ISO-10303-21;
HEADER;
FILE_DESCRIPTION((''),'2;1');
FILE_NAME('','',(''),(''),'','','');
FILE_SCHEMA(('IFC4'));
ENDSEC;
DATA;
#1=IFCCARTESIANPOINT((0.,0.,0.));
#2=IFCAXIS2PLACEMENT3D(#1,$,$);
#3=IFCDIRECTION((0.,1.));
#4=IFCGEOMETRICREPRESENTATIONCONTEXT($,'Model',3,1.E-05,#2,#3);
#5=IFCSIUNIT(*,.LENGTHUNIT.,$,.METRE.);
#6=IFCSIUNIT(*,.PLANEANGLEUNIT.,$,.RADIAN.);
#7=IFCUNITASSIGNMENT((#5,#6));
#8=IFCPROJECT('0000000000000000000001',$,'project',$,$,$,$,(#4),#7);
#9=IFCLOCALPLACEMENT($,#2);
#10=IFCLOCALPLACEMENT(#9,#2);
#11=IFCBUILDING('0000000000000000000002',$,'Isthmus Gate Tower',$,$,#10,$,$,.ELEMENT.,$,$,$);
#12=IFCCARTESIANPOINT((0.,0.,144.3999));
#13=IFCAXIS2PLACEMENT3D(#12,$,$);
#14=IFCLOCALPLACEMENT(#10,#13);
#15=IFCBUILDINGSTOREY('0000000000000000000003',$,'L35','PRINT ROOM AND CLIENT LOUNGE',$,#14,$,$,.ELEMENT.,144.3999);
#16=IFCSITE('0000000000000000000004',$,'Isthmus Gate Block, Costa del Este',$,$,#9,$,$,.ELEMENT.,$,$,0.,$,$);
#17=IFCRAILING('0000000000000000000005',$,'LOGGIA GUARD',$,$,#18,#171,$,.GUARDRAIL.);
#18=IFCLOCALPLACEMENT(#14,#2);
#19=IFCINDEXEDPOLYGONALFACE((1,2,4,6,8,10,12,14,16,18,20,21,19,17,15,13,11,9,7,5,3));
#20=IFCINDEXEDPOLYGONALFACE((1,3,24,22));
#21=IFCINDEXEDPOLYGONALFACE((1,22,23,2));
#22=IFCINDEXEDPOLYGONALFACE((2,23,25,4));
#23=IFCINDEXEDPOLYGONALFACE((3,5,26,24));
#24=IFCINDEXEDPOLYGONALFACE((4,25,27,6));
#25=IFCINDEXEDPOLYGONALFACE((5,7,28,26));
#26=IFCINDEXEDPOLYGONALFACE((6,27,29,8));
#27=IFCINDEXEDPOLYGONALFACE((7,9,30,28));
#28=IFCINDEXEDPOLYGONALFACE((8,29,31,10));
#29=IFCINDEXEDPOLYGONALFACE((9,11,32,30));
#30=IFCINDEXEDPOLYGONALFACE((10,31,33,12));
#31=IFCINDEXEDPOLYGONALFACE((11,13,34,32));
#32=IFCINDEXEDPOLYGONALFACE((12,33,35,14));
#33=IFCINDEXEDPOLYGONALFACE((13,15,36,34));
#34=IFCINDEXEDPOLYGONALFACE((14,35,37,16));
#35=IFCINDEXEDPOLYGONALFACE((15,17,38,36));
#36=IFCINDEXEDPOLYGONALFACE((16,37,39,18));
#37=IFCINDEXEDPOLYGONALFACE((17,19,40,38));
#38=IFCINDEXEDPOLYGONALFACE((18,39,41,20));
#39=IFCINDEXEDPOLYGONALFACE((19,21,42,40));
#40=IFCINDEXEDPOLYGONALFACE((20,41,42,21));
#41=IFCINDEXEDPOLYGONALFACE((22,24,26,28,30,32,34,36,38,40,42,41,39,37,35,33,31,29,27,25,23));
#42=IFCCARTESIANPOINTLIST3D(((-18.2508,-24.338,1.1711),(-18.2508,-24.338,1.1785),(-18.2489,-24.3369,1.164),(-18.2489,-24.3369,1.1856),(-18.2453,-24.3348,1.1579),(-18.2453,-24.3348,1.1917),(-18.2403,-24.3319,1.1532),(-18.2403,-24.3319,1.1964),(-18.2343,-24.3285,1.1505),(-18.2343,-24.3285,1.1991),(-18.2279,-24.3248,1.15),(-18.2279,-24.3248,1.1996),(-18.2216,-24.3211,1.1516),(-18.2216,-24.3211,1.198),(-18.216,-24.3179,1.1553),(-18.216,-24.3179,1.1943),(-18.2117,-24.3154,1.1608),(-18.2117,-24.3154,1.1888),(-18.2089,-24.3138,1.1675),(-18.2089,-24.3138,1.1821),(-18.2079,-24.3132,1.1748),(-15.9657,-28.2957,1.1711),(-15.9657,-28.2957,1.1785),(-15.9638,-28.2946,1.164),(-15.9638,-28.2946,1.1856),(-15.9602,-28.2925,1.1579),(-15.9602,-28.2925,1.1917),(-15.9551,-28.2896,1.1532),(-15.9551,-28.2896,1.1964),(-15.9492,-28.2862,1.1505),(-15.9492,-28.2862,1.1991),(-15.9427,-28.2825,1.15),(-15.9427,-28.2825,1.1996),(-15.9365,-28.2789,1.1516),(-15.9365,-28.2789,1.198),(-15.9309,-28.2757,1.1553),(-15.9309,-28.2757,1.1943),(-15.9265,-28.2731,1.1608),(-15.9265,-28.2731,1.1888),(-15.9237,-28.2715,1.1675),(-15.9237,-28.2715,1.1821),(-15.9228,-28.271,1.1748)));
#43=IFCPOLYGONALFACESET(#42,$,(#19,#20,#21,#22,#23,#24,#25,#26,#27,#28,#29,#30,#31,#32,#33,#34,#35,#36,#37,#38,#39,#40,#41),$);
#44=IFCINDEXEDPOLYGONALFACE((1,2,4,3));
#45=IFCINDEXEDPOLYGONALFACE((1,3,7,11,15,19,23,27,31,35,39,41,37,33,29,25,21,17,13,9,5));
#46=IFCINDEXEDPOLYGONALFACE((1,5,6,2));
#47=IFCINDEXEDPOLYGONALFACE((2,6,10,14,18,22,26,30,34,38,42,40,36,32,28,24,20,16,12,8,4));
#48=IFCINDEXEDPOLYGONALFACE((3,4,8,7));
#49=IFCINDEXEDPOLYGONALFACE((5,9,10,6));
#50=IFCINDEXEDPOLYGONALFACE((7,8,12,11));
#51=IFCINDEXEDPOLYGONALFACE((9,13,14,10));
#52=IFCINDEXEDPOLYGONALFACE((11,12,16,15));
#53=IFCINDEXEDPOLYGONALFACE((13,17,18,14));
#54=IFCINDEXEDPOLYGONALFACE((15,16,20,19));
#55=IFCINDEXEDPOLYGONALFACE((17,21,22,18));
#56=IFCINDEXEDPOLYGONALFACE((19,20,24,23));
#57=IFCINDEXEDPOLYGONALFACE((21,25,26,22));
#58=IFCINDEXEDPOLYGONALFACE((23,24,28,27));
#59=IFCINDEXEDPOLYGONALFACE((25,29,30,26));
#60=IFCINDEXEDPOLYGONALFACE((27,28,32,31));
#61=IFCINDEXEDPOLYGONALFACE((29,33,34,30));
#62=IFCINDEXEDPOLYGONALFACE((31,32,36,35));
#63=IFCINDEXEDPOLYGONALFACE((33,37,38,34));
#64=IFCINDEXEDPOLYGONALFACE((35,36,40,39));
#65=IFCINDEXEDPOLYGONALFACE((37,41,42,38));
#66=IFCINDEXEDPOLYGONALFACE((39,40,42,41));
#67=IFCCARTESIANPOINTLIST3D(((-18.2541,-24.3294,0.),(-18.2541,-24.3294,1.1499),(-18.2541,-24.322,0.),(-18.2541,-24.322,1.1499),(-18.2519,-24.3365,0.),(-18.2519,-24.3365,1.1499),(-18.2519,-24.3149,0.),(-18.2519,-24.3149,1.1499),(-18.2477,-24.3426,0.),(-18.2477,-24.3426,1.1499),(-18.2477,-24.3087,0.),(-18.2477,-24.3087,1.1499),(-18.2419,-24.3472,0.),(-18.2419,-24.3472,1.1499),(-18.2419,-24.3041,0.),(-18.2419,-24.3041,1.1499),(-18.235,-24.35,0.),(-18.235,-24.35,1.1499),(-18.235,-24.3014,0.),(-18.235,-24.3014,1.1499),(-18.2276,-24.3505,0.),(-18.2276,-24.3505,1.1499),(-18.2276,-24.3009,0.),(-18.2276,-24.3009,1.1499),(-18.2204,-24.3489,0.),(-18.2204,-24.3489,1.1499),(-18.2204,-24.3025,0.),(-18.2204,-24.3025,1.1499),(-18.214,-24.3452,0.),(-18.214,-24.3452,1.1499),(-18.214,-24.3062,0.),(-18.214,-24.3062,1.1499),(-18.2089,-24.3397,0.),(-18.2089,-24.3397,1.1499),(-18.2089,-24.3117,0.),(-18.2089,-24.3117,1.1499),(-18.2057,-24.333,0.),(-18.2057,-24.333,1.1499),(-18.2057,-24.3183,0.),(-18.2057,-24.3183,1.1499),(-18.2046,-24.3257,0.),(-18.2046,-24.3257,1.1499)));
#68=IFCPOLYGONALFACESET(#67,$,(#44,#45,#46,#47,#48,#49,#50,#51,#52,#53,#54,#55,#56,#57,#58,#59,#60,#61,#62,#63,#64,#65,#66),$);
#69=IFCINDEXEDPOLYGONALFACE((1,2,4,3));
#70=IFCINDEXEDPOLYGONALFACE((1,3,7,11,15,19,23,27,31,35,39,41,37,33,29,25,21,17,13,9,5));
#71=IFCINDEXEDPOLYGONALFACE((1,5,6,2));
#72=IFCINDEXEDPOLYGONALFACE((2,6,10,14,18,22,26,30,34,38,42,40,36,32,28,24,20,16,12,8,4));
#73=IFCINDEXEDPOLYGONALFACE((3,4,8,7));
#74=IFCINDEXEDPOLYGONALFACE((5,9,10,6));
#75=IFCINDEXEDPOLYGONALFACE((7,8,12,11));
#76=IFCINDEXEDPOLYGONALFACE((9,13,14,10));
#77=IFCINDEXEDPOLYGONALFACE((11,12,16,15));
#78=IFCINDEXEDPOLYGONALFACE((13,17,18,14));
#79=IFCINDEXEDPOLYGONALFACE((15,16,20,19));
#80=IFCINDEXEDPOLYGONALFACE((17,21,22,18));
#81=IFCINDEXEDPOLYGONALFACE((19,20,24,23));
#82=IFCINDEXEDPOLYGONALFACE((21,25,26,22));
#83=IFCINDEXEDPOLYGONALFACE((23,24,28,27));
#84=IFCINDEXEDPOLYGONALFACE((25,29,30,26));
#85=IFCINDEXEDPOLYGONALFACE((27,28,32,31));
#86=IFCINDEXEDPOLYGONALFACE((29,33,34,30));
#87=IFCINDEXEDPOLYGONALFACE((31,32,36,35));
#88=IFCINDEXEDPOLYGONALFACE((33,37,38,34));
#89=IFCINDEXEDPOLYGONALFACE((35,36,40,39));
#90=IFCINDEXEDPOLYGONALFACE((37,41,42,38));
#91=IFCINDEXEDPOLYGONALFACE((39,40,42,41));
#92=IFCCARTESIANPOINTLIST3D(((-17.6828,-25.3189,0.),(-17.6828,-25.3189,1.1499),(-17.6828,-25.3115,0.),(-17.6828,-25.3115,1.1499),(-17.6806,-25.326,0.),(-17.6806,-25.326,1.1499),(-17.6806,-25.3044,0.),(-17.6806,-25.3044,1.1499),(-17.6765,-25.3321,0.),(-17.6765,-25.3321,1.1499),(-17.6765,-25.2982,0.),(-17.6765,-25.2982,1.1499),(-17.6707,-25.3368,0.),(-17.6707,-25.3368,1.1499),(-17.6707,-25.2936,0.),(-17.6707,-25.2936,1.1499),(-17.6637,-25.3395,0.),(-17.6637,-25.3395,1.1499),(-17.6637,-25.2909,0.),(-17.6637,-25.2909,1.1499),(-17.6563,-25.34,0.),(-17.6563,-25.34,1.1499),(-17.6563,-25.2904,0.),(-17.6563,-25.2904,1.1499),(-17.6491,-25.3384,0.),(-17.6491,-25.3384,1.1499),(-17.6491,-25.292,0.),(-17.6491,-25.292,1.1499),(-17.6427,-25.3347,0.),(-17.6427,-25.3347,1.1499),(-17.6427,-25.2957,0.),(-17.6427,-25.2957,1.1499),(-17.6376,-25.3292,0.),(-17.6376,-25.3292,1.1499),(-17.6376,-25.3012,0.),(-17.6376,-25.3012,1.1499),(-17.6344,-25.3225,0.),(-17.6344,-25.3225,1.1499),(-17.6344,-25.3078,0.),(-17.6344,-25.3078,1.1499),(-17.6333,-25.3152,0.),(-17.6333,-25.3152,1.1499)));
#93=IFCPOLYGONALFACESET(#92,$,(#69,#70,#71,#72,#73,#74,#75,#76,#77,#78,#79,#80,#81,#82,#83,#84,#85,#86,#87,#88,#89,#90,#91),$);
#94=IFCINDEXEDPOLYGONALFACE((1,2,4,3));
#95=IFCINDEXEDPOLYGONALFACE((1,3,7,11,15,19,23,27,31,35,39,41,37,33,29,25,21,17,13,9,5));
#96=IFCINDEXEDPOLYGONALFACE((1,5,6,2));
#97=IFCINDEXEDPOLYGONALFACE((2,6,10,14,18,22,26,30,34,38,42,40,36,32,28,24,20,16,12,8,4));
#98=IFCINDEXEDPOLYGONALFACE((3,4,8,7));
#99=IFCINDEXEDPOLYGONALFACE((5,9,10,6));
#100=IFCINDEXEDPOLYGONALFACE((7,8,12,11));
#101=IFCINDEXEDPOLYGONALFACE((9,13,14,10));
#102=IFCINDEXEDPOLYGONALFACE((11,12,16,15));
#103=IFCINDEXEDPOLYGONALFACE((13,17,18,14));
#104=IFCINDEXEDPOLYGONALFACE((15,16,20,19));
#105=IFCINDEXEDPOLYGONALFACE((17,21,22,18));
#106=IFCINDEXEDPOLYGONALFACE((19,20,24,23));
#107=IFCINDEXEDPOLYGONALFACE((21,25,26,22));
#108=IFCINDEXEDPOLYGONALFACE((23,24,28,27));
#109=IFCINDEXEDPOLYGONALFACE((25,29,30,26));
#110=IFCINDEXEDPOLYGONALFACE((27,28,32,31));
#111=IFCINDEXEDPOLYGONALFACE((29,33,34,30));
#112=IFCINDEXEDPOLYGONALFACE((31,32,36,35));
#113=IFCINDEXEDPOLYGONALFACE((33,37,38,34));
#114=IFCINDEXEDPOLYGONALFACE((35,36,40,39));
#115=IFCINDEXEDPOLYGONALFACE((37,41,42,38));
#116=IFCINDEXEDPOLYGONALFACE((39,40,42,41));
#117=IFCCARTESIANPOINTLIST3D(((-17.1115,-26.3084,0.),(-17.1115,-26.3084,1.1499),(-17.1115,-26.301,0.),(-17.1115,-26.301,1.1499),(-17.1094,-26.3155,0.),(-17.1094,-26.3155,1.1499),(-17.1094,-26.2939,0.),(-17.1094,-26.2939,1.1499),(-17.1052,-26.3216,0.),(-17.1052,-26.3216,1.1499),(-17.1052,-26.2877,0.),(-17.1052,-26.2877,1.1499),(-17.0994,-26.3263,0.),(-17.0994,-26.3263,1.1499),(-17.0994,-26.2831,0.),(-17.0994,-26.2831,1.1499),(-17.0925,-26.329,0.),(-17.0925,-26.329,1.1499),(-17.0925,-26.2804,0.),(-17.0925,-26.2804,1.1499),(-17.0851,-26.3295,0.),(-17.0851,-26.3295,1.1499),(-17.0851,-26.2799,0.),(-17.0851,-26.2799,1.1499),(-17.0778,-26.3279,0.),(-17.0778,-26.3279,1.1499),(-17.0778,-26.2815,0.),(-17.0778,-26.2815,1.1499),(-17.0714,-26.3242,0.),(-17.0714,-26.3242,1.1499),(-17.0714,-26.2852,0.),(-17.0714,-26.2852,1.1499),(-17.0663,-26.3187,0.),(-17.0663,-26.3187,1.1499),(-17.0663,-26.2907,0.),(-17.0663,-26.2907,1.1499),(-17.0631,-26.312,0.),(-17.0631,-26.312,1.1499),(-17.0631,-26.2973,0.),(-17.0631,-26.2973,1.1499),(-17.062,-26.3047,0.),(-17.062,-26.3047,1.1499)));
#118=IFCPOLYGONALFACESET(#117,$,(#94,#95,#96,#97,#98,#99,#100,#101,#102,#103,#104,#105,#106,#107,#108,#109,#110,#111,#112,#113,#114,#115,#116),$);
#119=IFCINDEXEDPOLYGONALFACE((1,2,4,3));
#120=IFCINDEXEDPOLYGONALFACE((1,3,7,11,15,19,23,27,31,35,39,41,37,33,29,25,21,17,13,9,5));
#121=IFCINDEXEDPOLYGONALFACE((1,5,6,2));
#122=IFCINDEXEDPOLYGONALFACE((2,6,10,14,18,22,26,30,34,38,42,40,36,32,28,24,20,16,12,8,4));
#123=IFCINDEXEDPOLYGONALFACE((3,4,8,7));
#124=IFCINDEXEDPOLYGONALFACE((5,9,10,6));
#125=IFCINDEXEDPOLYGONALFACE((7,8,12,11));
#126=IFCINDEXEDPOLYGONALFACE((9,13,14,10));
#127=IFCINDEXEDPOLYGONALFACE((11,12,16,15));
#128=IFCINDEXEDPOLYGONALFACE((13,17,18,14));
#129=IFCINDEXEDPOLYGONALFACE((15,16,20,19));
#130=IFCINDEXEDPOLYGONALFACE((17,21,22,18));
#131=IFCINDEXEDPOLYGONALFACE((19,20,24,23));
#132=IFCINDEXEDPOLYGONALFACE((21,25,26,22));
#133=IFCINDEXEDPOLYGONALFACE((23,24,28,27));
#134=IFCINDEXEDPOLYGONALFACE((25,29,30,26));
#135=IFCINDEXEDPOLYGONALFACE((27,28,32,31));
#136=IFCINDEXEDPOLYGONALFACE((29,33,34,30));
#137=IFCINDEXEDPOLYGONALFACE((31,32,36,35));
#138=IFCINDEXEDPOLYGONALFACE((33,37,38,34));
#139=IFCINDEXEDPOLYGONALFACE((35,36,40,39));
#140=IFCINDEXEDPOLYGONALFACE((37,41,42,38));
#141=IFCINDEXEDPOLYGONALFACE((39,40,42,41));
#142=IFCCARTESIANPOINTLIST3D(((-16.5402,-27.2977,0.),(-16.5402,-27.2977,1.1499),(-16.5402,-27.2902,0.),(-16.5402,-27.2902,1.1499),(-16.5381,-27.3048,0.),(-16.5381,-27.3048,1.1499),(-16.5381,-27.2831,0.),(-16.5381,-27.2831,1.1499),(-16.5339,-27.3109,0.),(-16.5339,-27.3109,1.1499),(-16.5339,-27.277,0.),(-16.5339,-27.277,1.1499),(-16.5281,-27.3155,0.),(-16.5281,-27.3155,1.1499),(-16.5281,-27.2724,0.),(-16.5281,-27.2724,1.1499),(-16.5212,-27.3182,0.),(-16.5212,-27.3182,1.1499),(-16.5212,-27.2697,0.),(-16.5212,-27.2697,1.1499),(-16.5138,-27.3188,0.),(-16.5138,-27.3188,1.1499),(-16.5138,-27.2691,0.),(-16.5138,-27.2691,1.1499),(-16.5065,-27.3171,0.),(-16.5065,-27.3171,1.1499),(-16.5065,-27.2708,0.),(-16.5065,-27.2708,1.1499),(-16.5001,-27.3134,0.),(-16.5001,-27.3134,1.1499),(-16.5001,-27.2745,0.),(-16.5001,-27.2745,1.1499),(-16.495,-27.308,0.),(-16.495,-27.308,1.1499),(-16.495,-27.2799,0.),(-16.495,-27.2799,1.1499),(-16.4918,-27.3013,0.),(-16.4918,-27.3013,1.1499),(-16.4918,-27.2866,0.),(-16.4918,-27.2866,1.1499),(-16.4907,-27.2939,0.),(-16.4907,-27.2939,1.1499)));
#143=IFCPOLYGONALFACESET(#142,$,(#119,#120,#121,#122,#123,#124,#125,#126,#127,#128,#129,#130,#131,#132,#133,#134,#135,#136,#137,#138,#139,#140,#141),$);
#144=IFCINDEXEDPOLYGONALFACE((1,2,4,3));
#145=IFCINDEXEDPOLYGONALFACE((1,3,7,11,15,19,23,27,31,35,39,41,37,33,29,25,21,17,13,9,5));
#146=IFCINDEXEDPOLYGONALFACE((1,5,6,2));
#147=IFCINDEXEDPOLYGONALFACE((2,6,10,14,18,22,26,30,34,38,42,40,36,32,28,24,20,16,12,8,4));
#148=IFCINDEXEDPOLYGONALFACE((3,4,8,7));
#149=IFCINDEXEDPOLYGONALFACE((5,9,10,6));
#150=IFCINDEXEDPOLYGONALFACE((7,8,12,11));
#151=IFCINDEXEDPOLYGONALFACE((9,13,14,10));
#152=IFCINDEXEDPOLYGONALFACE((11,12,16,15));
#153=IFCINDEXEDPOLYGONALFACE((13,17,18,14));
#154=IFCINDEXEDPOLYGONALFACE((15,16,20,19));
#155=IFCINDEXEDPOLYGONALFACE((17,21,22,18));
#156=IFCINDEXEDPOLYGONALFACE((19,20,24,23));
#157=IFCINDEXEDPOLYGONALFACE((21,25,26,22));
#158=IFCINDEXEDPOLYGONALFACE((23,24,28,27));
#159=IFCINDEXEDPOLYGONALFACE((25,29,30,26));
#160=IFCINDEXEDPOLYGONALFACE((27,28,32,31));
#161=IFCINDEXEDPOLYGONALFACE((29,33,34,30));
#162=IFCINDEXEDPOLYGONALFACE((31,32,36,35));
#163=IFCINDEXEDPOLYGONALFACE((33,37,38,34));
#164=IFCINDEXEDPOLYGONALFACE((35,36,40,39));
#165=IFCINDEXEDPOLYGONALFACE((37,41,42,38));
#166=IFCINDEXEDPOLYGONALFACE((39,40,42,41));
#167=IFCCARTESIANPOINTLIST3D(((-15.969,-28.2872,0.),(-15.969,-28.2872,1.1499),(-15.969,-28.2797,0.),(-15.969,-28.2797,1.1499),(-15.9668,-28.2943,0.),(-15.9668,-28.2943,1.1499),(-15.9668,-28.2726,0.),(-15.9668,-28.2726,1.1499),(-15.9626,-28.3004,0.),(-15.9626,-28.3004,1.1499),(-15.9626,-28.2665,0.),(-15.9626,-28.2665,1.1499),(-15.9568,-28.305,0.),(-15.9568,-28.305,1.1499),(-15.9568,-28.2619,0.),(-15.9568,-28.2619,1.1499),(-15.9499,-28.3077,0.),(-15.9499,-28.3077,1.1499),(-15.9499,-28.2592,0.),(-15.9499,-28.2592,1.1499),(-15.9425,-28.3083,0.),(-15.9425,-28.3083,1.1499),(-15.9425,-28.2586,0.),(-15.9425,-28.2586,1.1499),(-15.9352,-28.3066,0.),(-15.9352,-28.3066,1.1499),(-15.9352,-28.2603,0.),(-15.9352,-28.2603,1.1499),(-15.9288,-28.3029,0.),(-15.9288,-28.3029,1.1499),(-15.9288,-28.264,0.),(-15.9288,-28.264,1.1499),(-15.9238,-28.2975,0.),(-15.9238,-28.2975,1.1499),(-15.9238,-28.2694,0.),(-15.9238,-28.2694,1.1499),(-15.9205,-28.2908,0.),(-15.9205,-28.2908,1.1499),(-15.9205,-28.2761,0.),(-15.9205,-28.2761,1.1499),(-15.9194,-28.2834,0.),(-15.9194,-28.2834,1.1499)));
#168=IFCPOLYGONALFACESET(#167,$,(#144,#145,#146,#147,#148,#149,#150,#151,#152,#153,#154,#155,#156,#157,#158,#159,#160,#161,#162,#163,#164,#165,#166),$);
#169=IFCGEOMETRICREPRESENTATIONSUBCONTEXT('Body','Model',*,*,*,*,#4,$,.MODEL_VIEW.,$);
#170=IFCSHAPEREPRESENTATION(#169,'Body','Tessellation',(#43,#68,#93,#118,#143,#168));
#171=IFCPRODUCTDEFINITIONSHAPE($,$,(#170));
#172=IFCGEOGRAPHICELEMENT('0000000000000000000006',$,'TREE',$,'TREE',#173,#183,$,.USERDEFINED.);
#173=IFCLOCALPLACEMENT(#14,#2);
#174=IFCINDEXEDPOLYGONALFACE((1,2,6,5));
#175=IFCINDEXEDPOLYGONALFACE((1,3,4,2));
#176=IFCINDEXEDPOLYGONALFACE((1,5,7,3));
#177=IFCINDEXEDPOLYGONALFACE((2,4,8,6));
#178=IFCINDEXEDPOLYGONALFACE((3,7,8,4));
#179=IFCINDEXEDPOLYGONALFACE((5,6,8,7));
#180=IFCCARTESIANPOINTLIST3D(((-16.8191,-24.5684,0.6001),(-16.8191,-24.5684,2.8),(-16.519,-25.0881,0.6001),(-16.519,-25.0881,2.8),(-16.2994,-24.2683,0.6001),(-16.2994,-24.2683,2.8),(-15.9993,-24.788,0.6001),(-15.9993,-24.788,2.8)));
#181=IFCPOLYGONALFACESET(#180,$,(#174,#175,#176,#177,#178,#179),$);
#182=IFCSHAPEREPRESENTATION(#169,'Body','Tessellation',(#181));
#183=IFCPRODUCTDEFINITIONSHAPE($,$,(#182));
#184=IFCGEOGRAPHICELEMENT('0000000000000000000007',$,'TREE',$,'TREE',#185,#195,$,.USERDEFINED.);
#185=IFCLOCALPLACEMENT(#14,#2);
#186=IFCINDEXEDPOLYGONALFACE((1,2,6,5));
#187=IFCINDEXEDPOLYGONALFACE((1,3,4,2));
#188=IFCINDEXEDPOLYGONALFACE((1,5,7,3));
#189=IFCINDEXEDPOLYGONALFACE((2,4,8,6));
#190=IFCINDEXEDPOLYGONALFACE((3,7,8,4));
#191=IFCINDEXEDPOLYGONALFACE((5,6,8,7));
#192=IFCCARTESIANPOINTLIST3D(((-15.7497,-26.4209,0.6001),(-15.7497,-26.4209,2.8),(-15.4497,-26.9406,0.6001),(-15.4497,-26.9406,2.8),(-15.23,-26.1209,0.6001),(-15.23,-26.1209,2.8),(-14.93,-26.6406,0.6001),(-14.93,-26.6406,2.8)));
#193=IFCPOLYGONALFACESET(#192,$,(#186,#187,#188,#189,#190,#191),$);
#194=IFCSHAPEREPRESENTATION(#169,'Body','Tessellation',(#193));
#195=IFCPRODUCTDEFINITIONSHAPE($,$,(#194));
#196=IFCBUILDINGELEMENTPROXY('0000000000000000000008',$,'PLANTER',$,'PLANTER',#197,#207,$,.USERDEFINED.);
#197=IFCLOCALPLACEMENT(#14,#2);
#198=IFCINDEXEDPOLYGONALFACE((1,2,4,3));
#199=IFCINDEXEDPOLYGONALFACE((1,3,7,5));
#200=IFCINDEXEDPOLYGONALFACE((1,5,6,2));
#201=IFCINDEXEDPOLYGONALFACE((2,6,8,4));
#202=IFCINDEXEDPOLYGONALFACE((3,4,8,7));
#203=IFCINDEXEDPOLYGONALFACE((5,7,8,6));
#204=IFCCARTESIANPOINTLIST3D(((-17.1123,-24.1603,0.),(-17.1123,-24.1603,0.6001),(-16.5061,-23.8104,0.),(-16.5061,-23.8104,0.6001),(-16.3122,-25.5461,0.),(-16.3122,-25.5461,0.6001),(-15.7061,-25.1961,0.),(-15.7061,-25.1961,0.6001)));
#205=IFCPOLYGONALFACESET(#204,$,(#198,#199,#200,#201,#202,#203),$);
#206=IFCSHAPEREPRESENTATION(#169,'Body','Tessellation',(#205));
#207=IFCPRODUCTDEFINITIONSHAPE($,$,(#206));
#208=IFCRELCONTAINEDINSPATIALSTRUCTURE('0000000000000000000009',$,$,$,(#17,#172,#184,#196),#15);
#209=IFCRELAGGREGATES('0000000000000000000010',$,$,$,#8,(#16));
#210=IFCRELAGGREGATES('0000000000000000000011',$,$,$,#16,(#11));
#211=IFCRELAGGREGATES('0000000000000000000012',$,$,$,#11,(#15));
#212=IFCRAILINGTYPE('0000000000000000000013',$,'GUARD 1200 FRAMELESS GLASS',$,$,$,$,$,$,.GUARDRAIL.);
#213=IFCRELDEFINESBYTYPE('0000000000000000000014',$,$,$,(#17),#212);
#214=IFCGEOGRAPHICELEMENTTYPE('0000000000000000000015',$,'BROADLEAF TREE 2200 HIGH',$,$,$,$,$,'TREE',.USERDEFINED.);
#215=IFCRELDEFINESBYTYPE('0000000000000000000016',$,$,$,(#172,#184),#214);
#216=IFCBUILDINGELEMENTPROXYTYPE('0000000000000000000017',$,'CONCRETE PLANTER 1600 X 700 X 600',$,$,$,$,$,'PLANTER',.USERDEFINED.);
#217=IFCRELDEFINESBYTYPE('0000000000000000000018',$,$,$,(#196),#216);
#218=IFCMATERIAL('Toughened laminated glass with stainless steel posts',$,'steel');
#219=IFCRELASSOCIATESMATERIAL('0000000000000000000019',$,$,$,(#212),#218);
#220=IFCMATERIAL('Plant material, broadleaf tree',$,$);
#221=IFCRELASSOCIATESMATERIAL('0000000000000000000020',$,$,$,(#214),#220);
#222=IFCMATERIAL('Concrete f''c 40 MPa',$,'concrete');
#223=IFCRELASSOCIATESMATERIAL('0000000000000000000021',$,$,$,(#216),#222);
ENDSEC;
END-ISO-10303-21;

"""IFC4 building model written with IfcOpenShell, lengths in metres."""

from ifc_helpers import new_model, si_unit, direction, frame, origin, origin_2d, place, context, subcontext, project, spatial, rectangle, circle, extrude, material, type_object, element, save


model = new_model("IFC4")

# Units and contexts
model_context = context("Model", 3, precision=1e-05, world=origin(), true_north=direction((0.0, 1.0)))
body_context = subcontext(model_context, "Body", "Model", "MODEL_VIEW")
ifc_project = project(units=[si_unit("LENGTHUNIT", "METRE"), si_unit("PLANEANGLEUNIT", "RADIAN")], contexts=[model_context])

# Site, building, storey
site_placement = place(None, origin())
site = spatial("IfcSite", under=ifc_project, at=site_placement, Name="Isthmus Gate Block, Costa del Este", CompositionType="ELEMENT", RefElevation=0.0)
building_placement = place(site_placement, origin())
building = spatial("IfcBuilding", under=site, at=building_placement, Name="Isthmus Gate Tower", CompositionType="ELEMENT")
storey_placement = place(building_placement, frame((0.0, 0.0, 144.3999)))
storey = spatial("IfcBuildingStorey", under=building, at=storey_placement, Name="L35", Description="PRINT ROOM AND CLIENT LOUNGE", CompositionType="ELEMENT", Elevation=144.3999)

# Railing
ifc_material_1 = material(Name="Toughened laminated glass with stainless steel posts", Category="steel")
railing_type = type_object("IfcRailingType", Name="GUARD 1200 FRAMELESS GLASS", PredefinedType="GUARDRAIL", material=ifc_material_1)
railing_placement = place(storey_placement, frame((-18.2295, -24.3257, 0.0)))
element("IfcRailing", 1, at=railing_placement, inside=storey, type_object=railing_type, Name="LOGGIA GUARD", PredefinedType="GUARDRAIL", context=body_context, shape_type="SweptSolid", body=[
    extrude(circle(Radius=0.0249, at=origin_2d()), frame((0.0, 0.0, 1.1748), z_axis=(0.500023, -0.866012, 0.0), x_axis=(0.866012, 0.500023, 0.0)), (0.0, 0.0, 1.0), 4.5701),
    extrude(circle(Radius=0.0249, at=origin_2d()), origin(), (0.0, 0.0, 1.0), 1.1499),
    extrude(circle(Radius=0.0249, at=origin_2d()), frame((0.5713, -0.9895, 0.0)), (0.0, 0.0, 1.0), 1.1499),
    extrude(circle(Radius=0.0249, at=origin_2d()), frame((1.1426, -1.979, 0.0)), (0.0, 0.0, 1.0), 1.1499),
    extrude(circle(Radius=0.0249, at=origin_2d()), frame((1.7139, -2.9683, 0.0)), (0.0, 0.0, 1.0), 1.1499),
    extrude(circle(Radius=0.0249, at=origin_2d()), frame((2.2852, -3.9578, 0.0)), (0.0, 0.0, 1.0), 1.1499),
])

# Geographic elements
ifc_material_2 = material(Name="Plant material, broadleaf tree")
geographic_element_type = type_object("IfcGeographicElementType", Name="BROADLEAF TREE 2200 HIGH", ElementType="TREE", PredefinedType="USERDEFINED", material=ifc_material_2)
for number, where, z_axis, x_axis, name in (
    (2, (-16.4092, -24.6782, 0.6001), (0.0, 0.0, 1.0), (0.5, -0.866025, 0.0), "TREE"),
    (3, (-15.3398, -26.5308, 0.6001), (0.0, 0.0, 1.0), (0.5, -0.866025, 0.0), "TREE"),
):
    element("IfcGeographicElement", number, at=place(storey_placement, frame(where, z_axis=z_axis, x_axis=x_axis)), inside=storey, type_object=geographic_element_type, Name=name, ObjectType="TREE", PredefinedType="USERDEFINED", context=body_context, shape_type="SweptSolid", body=[
        extrude(rectangle(XDim=0.6001, YDim=0.6001, at=origin_2d()), origin(), (0.0, 0.0, 1.0), 2.2),
    ])

# Building element proxy
ifc_material_3 = material(Name="Concrete f'c 40 MPa", Category="concrete")
building_element_proxy_type = type_object("IfcBuildingElementProxyType", Name="CONCRETE PLANTER 1600 X 700 X 600", ElementType="PLANTER", PredefinedType="USERDEFINED", material=ifc_material_3)
for number, where, z_axis, x_axis, name in (
    (4, (-16.4092, -24.6782, 0.0), (0.0, 0.0, 1.0), (0.5, -0.866025, 0.0), "PLANTER"),
):
    element("IfcBuildingElementProxy", number, at=place(storey_placement, frame(where, z_axis=z_axis, x_axis=x_axis)), inside=storey, type_object=building_element_proxy_type, Name=name, ObjectType="PLANTER", PredefinedType="USERDEFINED", context=body_context, shape_type="SweptSolid", body=[
        extrude(rectangle(XDim=1.6001, YDim=0.7, at=origin_2d()), origin(), (0.0, 0.0, 1.0), 0.6001),
    ])

save(model, "model.ifc")
